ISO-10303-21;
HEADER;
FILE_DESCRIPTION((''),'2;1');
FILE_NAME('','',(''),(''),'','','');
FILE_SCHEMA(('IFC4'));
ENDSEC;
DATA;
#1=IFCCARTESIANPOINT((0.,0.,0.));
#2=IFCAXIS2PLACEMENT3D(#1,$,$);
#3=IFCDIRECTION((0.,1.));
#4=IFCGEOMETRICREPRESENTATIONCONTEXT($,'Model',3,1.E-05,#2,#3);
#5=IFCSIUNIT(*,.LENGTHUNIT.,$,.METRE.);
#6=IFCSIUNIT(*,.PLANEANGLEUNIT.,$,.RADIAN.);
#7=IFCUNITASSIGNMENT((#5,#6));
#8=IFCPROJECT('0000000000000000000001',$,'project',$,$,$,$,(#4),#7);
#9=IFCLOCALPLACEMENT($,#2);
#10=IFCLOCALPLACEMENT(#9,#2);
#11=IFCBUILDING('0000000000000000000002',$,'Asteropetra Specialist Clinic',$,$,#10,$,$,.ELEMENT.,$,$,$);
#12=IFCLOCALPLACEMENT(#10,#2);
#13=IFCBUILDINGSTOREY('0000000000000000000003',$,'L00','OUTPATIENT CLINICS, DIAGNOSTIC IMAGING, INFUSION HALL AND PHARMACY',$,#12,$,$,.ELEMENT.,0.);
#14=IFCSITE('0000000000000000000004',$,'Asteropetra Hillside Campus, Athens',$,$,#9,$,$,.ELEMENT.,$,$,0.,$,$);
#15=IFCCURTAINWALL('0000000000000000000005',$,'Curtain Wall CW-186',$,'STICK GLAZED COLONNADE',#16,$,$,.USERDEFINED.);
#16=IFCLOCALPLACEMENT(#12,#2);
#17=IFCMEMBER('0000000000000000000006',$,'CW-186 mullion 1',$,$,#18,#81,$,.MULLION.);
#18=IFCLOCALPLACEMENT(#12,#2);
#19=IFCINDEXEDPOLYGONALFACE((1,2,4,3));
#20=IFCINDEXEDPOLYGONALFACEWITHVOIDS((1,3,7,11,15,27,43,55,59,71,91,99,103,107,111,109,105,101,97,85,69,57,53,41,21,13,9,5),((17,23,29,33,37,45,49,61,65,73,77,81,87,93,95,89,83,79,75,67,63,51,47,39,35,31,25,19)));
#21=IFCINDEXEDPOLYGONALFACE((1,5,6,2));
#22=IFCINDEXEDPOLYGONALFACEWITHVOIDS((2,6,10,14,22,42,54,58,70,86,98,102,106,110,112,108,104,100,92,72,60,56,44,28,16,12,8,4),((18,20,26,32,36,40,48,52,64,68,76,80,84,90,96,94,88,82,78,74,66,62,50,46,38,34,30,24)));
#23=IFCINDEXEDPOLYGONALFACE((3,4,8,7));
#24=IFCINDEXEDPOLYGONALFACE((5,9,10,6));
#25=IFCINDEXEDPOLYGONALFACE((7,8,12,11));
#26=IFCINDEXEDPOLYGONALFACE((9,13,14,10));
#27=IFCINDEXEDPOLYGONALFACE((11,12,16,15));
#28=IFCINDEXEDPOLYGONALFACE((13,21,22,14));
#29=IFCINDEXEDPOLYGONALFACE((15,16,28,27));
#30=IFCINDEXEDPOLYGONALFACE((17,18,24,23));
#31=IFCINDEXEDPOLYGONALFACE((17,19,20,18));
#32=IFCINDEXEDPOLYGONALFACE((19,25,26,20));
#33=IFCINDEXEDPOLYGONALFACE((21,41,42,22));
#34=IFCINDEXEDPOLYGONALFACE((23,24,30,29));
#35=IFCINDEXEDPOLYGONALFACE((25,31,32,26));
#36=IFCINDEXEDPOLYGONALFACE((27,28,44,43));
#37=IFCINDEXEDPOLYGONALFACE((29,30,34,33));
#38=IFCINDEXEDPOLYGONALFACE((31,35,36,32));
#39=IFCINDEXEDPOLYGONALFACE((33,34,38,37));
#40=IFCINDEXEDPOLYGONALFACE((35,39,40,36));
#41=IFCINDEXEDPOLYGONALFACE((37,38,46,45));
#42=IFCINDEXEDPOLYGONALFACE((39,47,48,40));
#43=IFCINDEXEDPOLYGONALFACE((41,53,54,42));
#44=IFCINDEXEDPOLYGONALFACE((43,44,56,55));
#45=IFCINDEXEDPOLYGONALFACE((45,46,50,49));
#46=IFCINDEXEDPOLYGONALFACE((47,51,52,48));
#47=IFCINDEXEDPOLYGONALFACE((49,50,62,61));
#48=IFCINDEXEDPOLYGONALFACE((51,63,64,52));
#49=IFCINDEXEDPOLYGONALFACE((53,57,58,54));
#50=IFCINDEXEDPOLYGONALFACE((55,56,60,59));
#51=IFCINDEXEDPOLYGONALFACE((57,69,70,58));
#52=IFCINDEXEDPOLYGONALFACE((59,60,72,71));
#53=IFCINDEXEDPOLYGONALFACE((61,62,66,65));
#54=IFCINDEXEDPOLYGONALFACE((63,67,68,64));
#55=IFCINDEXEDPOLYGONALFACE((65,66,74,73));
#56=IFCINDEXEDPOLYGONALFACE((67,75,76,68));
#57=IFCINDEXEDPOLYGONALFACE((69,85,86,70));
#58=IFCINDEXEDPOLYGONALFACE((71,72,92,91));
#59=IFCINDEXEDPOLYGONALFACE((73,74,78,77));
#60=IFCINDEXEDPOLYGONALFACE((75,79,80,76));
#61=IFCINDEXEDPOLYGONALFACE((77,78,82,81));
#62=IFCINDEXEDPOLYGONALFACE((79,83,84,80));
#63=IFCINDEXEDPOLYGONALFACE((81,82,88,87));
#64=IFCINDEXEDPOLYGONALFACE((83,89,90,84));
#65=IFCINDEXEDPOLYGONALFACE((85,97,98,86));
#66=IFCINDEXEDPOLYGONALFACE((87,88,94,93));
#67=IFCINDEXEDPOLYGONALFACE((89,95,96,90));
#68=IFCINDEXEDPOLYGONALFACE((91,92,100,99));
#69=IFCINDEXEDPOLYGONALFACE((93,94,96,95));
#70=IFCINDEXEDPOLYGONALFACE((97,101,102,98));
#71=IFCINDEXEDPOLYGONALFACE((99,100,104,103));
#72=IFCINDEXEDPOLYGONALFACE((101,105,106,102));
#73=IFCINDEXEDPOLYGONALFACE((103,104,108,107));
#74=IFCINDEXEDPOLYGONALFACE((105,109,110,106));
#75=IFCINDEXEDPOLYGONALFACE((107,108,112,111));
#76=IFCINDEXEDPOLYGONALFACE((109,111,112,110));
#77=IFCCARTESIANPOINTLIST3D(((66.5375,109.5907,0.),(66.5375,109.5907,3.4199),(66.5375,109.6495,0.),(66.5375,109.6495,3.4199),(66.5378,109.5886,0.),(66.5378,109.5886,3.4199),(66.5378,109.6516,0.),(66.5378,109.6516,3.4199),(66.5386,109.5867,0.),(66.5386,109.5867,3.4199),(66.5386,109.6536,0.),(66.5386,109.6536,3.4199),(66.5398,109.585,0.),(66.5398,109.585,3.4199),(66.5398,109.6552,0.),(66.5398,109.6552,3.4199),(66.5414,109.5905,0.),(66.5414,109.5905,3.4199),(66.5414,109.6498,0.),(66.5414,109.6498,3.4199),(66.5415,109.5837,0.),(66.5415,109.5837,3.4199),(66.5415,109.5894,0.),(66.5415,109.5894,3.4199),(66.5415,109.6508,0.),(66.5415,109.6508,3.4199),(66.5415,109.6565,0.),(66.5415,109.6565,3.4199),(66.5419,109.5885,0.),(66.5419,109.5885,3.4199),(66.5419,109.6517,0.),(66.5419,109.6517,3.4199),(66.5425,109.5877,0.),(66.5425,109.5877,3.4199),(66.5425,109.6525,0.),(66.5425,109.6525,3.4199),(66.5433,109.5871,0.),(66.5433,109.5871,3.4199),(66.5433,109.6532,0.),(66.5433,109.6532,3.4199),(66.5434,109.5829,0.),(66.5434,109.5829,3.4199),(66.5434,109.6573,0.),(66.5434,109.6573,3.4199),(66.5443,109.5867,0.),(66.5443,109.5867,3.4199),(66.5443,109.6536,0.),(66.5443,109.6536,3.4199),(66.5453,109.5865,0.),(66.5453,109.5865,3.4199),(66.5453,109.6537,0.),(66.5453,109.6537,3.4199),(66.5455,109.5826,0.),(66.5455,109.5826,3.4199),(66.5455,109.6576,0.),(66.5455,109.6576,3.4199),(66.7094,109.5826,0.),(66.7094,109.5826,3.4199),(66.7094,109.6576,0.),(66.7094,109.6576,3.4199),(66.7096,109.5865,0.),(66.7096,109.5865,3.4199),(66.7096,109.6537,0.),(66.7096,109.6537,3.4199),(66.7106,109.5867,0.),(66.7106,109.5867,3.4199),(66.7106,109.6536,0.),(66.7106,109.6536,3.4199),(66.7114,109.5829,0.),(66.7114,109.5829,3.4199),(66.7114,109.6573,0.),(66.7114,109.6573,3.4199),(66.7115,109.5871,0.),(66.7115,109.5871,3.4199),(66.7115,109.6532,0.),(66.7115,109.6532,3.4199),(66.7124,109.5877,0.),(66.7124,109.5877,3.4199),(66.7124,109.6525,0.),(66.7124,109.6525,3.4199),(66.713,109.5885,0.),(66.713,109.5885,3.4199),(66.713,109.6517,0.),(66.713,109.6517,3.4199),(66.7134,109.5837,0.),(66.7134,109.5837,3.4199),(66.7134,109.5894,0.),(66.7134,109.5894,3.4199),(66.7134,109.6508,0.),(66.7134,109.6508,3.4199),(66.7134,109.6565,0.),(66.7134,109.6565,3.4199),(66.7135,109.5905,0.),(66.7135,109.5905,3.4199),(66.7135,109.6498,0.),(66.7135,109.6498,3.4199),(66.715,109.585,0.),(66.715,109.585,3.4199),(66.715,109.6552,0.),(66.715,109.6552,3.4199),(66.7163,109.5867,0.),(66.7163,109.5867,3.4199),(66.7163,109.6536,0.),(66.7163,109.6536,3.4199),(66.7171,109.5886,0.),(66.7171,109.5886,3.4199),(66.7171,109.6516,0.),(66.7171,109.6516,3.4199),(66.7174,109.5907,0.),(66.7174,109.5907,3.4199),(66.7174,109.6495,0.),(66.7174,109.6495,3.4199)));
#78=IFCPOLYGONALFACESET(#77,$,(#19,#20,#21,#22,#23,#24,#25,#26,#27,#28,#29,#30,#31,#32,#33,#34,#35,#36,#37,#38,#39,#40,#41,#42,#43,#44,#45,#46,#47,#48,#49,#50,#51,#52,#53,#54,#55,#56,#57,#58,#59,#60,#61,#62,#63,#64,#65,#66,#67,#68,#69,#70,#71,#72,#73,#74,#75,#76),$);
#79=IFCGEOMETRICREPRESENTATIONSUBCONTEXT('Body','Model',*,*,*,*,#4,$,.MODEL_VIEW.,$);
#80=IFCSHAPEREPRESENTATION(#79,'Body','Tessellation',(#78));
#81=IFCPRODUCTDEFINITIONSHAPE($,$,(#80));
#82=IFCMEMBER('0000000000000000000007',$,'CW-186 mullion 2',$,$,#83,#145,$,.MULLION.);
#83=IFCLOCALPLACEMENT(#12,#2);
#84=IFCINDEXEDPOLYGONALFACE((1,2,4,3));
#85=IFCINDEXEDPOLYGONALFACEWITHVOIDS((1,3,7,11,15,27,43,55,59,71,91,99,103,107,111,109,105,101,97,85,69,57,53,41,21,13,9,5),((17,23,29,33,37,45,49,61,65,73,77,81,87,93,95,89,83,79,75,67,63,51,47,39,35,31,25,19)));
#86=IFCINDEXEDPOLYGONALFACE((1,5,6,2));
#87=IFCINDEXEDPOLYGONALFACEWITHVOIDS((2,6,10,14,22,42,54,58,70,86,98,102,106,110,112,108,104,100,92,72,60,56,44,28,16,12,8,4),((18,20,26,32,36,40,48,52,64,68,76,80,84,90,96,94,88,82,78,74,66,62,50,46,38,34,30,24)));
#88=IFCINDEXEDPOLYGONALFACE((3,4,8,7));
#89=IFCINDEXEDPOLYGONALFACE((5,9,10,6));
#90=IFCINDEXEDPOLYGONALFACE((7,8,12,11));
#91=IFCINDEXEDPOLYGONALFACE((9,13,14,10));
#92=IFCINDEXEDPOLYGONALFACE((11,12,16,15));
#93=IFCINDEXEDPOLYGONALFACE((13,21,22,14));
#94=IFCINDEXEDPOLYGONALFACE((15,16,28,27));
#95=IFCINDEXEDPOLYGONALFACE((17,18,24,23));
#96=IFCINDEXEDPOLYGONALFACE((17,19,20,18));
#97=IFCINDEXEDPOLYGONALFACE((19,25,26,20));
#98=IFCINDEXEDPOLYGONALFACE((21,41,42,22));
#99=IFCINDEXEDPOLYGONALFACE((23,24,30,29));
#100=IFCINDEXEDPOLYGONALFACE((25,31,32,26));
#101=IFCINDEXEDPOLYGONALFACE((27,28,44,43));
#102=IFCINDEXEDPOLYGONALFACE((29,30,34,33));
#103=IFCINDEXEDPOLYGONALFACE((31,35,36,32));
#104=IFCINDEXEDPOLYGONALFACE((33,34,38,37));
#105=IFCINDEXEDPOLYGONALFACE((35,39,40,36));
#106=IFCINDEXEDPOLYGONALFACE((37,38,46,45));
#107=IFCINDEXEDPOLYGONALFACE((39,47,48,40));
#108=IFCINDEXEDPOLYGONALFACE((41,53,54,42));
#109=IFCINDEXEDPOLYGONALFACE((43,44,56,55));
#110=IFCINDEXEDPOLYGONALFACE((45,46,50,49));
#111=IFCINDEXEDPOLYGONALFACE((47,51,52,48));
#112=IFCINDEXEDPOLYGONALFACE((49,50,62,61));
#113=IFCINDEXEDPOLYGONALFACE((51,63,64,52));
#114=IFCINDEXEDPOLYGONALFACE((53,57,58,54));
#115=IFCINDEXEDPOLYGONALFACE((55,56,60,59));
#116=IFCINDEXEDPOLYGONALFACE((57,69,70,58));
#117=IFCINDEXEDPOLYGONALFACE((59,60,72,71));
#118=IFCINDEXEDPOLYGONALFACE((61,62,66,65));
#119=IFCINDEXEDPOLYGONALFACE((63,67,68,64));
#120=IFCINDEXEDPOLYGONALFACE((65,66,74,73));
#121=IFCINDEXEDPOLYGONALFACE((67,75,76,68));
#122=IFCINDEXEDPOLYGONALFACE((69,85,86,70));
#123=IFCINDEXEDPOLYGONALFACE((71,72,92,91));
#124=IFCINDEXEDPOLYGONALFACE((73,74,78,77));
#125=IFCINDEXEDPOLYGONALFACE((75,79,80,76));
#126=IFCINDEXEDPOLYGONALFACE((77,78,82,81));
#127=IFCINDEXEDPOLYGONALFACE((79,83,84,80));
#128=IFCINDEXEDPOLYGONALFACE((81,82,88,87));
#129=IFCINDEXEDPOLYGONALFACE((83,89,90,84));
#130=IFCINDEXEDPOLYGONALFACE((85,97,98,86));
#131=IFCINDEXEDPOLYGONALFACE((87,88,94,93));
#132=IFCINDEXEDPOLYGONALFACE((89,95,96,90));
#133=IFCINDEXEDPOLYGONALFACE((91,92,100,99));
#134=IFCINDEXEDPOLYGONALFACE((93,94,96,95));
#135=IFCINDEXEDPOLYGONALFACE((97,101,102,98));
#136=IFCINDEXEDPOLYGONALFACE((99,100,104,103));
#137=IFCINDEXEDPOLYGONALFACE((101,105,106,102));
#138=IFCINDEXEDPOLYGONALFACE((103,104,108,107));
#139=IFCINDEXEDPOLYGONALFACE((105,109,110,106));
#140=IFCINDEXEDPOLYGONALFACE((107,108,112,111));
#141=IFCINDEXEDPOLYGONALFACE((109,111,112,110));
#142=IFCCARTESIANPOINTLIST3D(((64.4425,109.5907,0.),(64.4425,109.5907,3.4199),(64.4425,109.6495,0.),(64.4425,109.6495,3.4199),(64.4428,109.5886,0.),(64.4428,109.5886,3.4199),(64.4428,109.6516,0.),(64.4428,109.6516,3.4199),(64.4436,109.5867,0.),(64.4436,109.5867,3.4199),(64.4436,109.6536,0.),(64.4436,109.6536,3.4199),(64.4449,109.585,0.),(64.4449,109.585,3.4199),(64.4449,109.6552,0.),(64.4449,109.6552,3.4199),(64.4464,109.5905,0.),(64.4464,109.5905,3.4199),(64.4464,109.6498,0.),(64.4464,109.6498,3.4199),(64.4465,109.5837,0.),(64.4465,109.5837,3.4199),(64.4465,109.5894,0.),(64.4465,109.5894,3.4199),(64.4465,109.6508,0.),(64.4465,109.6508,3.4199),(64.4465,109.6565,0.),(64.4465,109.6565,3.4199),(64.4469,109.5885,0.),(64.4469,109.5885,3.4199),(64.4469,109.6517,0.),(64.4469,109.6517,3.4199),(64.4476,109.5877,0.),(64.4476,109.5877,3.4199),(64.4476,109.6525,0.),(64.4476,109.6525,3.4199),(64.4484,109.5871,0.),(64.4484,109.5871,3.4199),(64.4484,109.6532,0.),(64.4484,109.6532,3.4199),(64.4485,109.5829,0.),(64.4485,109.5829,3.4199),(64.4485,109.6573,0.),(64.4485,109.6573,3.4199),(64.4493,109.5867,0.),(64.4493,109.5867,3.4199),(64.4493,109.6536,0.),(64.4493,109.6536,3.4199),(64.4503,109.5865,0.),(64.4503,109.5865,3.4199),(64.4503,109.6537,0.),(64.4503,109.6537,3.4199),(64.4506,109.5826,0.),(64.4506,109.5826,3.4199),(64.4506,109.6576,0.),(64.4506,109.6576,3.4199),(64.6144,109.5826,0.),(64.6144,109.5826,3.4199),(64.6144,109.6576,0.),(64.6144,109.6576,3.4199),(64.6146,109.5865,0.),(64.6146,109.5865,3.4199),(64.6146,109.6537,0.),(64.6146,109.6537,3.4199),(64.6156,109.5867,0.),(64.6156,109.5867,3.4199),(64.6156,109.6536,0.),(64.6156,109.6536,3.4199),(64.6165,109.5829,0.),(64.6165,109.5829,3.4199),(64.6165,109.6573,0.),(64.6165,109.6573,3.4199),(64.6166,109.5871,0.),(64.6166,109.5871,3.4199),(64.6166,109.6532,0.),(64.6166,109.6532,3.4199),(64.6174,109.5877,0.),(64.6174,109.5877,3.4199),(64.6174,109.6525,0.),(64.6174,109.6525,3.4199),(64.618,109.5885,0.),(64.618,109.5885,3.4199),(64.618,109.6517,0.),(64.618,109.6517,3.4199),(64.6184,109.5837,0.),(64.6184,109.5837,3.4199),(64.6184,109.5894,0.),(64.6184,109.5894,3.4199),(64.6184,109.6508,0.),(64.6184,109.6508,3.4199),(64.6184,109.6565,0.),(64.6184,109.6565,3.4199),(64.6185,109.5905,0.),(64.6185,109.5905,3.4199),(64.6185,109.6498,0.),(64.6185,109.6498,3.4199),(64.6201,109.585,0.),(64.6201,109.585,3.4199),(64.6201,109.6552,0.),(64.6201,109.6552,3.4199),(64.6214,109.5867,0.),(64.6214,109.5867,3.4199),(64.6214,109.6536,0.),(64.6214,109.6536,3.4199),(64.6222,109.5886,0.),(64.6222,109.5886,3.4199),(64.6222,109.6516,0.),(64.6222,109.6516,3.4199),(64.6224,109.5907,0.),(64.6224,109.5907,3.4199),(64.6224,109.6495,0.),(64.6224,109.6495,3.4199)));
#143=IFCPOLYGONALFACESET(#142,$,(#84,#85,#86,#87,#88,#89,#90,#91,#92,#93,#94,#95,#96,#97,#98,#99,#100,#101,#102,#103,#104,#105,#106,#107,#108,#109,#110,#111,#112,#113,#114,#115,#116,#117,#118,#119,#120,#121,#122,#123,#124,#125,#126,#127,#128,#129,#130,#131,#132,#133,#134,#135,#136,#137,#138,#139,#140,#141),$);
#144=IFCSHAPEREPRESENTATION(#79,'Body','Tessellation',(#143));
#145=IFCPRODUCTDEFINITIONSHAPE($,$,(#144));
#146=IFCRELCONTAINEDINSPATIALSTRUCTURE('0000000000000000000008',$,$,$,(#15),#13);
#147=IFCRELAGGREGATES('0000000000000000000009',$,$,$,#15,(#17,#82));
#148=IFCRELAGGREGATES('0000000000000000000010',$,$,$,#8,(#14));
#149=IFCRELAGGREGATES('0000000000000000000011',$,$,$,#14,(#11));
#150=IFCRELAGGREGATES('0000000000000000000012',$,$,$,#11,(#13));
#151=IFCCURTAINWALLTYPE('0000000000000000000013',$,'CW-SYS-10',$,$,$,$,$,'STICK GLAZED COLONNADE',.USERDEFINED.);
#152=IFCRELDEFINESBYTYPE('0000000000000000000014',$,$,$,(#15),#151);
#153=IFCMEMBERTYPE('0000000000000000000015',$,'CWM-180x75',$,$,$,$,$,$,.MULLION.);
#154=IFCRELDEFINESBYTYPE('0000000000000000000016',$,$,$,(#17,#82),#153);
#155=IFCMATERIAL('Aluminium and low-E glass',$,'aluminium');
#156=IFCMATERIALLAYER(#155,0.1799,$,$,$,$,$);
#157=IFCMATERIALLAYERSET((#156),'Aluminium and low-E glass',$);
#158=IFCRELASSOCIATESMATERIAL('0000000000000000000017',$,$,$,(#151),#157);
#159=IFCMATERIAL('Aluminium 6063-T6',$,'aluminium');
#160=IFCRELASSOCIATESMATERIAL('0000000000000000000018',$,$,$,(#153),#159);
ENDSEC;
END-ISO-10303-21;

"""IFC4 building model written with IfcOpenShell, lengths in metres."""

from ifc_helpers import new_model, si_unit, direction, frame, origin, origin_2d, place, context, subcontext, project, spatial, hollow_rectangle, extrude, material, layer, layer_set, material_profile, profile_set, type_object, element, aggregate, save


model = new_model("IFC4")

# Units and contexts
model_context = context("Model", 3, precision=1e-05, world=origin(), true_north=direction((0.0, 1.0)))
body_context = subcontext(model_context, "Body", "Model", "MODEL_VIEW")
ifc_project = project(units=[si_unit("LENGTHUNIT", "METRE"), si_unit("PLANEANGLEUNIT", "RADIAN")], contexts=[model_context])

# Site, building, storey
site_placement = place(None, origin())
site = spatial("IfcSite", under=ifc_project, at=site_placement, Name="Asteropetra Hillside Campus, Athens", CompositionType="ELEMENT", RefElevation=0.0)
building_placement = place(site_placement, origin())
building = spatial("IfcBuilding", under=site, at=building_placement, Name="Asteropetra Specialist Clinic", CompositionType="ELEMENT")
storey_placement = place(building_placement, origin())
storey = spatial("IfcBuildingStorey", under=building, at=storey_placement, Name="L00", Description="OUTPATIENT CLINICS, DIAGNOSTIC IMAGING, INFUSION HALL AND PHARMACY", CompositionType="ELEMENT", Elevation=0.0)

# Curtain wall, members
ifc_material_1 = material(Name="Aluminium and low-E glass", Category="aluminium")
ifc_layer_1 = layer(ifc_material_1, 0.1799)
ifc_layer_set_1 = layer_set([ifc_layer_1], Name="Aluminium and low-E glass")
curtain_wall_type = type_object("IfcCurtainWallType", Name="CW-SYS-10", ElementType="STICK GLAZED COLONNADE", PredefinedType="USERDEFINED", material=ifc_layer_set_1)
curtain_wall_placement = place(storey_placement, origin())
curtain_wall = element("IfcCurtainWall", 1, at=curtain_wall_placement, inside=storey, type_object=curtain_wall_type, Name="Curtain Wall CW-186", ObjectType="STICK GLAZED COLONNADE", PredefinedType="USERDEFINED")
ifc_material_2 = material(Name="Aluminium 6063-T6", Category="aluminium")
ifc_material_profile_1 = material_profile(ifc_material_2, hollow_rectangle(XDim=0.075, YDim=0.1799, WallThickness=0.0039, InnerFilletRadius=0.0039, OuterFilletRadius=0.0081, at=origin_2d()), Name="MUL 180x75x4.0")
ifc_profile_set_1 = profile_set([ifc_material_profile_1], Name="Aluminium 6063-T6")
member_type_1 = type_object("IfcMemberType", Name="CWM-180x75", PredefinedType="MULLION", material=ifc_profile_set_1)
member_1_placement = place(storey_placement, frame((66.6274, 109.6201, 0.0), z_axis=(0.0, 0.0, 1.0), x_axis=(0.0, -1.0, 0.0)))
member_1 = element("IfcMember", 2, at=member_1_placement, type_object=member_type_1, Name="CW-186 mullion 1", PredefinedType="MULLION", context=body_context, shape_type="SweptSolid", body=[
    extrude(hollow_rectangle(XDim=0.075, YDim=0.1799, WallThickness=0.0039, InnerFilletRadius=0.0039, OuterFilletRadius=0.0081, at=origin_2d()), origin(), (0.0, 0.0, 1.0), 3.4199),
])
member_2_placement = place(storey_placement, frame((64.5325, 109.6201, 0.0), z_axis=(0.0, 0.0, 1.0), x_axis=(0.0, -1.0, 0.0)))
member_2 = element("IfcMember", 3, at=member_2_placement, type_object=member_type_1, Name="CW-186 mullion 2", PredefinedType="MULLION", context=body_context, shape_type="SweptSolid", body=[
    extrude(hollow_rectangle(XDim=0.075, YDim=0.1799, WallThickness=0.0039, InnerFilletRadius=0.0039, OuterFilletRadius=0.0081, at=origin_2d()), origin(), (0.0, 0.0, 1.0), 3.4199),
])
aggregate(curtain_wall, [member_1, member_2])

save(model, "model.ifc")
